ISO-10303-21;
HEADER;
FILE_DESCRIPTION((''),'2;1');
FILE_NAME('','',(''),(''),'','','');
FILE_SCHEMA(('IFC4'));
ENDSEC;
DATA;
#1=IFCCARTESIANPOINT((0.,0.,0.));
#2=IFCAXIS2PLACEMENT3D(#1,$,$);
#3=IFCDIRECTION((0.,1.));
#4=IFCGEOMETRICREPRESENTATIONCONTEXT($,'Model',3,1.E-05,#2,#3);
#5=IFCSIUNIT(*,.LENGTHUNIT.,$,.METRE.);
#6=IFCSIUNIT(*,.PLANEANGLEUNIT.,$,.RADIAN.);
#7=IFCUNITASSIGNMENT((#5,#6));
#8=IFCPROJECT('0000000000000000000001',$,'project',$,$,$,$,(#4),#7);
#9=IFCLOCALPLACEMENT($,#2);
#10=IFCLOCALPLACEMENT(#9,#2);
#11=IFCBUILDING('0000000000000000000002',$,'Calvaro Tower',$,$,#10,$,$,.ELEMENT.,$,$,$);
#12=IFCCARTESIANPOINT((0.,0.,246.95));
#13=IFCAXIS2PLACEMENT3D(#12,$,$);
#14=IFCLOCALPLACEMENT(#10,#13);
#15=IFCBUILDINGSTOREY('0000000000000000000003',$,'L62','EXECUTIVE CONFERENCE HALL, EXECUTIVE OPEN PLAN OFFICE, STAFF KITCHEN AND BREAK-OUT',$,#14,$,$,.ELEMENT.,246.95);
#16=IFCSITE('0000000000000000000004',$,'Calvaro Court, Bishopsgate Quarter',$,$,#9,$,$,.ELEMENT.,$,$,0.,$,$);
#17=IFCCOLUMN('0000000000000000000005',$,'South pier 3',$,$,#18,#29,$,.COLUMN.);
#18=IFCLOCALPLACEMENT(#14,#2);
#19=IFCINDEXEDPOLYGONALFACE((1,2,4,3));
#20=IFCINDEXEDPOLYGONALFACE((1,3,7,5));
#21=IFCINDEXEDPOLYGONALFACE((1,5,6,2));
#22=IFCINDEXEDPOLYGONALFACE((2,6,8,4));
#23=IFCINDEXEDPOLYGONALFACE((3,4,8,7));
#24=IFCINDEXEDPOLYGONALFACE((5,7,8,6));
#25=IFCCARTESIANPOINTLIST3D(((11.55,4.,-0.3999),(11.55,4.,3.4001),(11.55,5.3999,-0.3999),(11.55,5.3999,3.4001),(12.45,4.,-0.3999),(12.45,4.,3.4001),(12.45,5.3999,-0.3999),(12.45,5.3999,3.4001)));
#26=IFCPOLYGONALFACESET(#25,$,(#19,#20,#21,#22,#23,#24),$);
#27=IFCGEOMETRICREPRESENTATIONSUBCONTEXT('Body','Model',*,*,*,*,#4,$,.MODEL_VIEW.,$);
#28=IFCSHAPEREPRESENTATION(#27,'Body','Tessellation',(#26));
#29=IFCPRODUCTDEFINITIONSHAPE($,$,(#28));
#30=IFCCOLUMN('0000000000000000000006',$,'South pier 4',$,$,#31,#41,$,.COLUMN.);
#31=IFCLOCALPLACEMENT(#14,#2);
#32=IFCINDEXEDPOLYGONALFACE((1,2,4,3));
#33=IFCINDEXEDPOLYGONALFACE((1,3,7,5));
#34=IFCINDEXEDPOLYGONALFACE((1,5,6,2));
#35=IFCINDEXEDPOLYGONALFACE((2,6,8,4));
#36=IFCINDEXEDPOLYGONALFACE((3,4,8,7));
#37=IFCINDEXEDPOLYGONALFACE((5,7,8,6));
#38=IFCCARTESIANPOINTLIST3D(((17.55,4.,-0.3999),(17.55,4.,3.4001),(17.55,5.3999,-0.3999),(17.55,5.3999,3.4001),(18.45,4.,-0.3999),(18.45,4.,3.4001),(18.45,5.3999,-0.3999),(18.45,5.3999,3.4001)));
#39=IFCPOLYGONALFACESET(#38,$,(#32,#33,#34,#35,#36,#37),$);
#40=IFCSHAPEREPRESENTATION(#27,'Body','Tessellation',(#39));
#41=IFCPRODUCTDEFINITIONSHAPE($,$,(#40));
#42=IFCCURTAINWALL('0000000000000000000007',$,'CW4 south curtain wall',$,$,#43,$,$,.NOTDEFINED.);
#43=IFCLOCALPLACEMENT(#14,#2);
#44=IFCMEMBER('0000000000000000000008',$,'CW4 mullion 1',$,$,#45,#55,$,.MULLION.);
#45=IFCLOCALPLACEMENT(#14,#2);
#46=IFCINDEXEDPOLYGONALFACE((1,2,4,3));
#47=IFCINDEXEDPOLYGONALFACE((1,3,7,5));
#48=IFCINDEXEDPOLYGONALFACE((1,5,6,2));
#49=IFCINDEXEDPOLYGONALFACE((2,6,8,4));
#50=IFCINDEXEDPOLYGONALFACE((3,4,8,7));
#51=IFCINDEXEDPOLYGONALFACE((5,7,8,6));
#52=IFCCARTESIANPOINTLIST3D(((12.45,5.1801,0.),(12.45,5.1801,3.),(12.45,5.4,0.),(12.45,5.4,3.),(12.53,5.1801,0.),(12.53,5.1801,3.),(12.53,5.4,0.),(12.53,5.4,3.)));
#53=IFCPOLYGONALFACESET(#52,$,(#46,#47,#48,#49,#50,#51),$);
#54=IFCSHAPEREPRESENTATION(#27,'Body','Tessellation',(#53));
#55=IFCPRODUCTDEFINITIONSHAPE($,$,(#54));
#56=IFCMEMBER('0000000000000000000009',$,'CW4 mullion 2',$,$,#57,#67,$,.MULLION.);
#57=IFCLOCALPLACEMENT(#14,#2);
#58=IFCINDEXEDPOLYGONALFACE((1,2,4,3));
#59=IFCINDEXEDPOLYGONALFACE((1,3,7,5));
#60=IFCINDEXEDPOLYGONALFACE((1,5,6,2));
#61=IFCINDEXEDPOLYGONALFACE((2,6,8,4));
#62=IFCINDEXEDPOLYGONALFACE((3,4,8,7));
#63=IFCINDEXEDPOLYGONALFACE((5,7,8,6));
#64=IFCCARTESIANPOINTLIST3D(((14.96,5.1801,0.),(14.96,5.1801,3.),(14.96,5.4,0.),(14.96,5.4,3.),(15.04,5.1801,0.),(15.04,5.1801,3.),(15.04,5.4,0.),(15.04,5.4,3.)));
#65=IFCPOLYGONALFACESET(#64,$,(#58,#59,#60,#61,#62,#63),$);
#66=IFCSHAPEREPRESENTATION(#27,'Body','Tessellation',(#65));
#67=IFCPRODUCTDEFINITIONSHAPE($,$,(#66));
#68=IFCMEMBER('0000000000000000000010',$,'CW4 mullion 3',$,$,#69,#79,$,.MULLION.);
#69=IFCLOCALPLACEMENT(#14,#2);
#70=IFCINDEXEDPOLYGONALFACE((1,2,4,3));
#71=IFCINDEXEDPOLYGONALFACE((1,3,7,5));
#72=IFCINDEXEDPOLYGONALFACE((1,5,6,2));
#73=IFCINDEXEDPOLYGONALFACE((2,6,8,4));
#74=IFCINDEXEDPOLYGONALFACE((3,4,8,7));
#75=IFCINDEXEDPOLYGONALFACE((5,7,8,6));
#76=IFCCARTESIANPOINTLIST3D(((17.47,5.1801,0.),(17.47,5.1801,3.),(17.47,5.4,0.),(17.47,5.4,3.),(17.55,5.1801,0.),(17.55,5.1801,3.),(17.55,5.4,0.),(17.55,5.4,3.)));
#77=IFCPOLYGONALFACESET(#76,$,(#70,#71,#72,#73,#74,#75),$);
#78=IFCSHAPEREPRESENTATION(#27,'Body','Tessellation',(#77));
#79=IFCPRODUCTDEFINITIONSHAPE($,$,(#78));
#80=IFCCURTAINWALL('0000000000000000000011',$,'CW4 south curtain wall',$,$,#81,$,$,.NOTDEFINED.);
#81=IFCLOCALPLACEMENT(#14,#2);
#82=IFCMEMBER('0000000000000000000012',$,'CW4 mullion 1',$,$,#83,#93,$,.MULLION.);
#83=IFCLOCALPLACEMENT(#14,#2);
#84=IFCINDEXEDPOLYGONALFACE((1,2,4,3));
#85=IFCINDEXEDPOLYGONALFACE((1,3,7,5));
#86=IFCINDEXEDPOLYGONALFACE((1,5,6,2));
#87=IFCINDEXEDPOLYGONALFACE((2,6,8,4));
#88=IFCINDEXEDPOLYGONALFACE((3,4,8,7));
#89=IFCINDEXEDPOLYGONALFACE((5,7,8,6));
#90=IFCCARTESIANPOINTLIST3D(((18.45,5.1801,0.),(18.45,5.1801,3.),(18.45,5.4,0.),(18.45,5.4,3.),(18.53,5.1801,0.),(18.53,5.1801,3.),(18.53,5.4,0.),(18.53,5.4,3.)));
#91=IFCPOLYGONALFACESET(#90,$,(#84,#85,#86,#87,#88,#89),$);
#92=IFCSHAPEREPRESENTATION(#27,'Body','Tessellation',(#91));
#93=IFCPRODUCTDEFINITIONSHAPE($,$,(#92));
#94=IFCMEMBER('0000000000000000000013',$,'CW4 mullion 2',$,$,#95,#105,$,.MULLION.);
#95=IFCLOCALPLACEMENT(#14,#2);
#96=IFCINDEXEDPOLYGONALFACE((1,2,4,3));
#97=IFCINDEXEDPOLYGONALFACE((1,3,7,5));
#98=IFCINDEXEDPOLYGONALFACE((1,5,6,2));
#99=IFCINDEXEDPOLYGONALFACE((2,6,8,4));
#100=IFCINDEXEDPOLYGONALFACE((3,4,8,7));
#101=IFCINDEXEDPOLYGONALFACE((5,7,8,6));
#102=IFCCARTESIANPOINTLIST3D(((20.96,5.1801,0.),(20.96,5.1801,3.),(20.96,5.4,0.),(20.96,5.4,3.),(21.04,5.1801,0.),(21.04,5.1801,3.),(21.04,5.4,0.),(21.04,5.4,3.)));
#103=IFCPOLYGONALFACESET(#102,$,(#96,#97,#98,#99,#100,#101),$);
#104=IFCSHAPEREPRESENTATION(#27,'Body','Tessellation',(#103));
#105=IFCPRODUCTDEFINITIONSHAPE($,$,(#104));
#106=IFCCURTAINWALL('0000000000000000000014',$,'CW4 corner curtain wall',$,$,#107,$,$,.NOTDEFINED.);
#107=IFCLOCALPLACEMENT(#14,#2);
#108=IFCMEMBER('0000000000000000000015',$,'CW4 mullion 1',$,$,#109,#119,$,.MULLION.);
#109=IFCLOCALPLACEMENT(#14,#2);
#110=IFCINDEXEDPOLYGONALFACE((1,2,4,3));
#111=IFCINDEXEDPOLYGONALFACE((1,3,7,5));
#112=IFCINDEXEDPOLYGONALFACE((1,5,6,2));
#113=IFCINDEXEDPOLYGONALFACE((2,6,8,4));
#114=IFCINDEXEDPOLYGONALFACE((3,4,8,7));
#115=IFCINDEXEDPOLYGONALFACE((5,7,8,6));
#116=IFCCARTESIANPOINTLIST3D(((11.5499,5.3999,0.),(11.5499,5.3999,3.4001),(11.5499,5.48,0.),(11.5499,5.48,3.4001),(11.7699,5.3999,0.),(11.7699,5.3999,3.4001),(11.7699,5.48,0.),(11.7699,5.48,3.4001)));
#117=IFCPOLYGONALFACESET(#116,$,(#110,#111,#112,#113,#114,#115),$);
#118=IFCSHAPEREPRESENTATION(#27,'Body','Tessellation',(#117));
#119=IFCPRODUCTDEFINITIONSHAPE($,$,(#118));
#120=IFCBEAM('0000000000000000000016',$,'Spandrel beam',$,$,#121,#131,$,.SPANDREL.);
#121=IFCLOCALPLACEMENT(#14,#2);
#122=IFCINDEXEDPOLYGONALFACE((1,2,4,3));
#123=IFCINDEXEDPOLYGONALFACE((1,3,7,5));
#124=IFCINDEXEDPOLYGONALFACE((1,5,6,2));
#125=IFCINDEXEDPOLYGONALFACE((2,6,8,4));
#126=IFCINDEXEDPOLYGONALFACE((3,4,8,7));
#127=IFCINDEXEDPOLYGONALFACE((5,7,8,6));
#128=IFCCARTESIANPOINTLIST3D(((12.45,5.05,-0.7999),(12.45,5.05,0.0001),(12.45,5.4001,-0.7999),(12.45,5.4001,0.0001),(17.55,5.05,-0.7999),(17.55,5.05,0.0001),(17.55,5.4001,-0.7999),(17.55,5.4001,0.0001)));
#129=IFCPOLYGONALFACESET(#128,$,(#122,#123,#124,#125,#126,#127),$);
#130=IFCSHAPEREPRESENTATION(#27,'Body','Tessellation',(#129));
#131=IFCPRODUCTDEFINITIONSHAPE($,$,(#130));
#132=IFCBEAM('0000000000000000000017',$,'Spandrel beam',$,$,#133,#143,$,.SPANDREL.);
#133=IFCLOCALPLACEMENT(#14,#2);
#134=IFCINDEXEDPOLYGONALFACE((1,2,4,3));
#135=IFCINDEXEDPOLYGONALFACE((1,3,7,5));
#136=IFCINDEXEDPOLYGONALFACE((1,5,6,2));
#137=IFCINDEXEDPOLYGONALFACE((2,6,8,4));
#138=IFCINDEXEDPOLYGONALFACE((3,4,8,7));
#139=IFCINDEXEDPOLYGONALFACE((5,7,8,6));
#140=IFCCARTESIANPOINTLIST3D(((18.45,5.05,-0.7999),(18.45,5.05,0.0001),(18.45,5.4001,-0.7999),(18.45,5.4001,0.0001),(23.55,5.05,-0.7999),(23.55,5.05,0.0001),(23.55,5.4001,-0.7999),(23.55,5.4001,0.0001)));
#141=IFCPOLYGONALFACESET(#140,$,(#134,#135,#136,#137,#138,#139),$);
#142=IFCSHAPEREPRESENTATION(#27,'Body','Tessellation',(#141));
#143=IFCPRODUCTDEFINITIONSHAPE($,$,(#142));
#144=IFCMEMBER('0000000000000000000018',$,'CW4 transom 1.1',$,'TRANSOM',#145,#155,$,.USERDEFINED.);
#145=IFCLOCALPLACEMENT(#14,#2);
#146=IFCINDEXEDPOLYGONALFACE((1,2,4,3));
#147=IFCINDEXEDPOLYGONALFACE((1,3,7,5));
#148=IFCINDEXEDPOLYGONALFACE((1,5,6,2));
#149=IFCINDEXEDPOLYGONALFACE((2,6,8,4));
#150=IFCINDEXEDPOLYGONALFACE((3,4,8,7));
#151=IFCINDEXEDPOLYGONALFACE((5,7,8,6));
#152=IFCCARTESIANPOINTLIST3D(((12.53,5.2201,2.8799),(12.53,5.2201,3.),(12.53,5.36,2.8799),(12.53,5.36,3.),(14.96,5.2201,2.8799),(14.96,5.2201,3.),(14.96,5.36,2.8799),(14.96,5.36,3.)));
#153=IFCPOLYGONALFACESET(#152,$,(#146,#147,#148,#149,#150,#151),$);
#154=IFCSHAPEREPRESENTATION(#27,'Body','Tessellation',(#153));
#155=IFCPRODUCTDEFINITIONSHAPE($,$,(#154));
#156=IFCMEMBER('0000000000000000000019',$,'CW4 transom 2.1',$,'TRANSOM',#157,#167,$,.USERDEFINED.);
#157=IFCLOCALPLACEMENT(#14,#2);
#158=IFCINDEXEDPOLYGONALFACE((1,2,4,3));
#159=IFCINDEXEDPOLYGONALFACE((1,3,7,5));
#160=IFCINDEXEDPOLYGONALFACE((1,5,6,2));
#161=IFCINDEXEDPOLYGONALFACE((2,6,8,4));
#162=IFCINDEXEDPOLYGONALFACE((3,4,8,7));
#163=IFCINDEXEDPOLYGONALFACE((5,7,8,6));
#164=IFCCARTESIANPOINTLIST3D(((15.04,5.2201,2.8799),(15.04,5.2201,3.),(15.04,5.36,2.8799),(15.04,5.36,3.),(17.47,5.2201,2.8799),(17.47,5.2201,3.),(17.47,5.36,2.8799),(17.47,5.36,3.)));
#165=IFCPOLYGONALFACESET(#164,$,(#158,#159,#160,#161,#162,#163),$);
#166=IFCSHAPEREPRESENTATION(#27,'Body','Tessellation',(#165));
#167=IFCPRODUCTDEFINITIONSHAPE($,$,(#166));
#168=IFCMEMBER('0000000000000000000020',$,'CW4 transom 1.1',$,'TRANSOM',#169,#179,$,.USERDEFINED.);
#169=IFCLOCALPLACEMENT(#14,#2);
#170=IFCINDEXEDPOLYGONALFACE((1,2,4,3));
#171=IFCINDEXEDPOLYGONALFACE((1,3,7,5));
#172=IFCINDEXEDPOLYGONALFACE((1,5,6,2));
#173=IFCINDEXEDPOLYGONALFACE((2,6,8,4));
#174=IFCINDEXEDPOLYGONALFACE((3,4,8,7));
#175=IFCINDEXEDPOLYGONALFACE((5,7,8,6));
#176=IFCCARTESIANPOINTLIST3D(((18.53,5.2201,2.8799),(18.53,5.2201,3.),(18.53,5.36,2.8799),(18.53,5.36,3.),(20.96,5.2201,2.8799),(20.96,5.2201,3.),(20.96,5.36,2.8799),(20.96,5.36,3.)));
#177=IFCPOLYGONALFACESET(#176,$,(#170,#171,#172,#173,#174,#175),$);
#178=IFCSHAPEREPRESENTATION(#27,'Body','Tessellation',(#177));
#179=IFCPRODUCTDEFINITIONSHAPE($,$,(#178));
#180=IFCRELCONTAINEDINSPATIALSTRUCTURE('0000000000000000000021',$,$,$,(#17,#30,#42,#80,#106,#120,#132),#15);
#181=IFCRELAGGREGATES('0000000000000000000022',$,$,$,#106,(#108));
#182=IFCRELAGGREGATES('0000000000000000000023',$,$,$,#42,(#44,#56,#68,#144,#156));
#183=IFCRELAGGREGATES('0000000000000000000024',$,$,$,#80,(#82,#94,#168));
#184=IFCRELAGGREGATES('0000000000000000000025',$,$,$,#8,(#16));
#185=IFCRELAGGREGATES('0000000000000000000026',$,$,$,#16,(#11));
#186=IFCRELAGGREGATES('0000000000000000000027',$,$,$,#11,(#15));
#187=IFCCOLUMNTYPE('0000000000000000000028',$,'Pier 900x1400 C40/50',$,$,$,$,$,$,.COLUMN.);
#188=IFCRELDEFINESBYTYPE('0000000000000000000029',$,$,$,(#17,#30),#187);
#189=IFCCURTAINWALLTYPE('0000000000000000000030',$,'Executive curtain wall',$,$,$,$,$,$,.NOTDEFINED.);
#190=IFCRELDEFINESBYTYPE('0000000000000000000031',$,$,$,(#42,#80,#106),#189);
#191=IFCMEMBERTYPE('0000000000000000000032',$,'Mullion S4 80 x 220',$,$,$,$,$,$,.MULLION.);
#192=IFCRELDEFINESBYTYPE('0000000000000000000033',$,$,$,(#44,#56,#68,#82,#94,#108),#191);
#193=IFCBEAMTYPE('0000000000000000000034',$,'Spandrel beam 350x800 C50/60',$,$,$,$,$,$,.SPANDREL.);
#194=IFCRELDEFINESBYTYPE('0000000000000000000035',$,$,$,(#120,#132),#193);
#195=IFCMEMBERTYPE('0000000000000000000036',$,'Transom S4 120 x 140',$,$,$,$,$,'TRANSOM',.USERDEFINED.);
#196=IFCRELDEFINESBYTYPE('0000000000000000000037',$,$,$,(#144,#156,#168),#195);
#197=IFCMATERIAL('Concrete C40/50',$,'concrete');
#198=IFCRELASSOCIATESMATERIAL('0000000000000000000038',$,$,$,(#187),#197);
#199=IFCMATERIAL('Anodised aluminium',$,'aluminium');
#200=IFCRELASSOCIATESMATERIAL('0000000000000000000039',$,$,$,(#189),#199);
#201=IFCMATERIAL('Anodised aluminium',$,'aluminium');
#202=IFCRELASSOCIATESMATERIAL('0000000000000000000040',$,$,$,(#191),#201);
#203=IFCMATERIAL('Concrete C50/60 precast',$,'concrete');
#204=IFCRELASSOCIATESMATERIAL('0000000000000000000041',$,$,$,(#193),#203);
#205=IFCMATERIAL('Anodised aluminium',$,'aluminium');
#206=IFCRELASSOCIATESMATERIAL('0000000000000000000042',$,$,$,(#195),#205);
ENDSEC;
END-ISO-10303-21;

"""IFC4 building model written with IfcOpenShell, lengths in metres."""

from ifc_helpers import new_model, si_unit, direction, frame, origin, origin_2d, place, context, subcontext, project, spatial, rectangle, extrude, material, material_profile, profile_set, type_object, element, aggregate, save


model = new_model("IFC4")

# Units and contexts
model_context = context("Model", 3, precision=1e-05, world=origin(), true_north=direction((0.0, 1.0)))
body_context = subcontext(model_context, "Body", "Model", "MODEL_VIEW")
ifc_project = project(units=[si_unit("LENGTHUNIT", "METRE"), si_unit("PLANEANGLEUNIT", "RADIAN")], contexts=[model_context])

# Site, building, storey
site_placement = place(None, origin())
site = spatial("IfcSite", under=ifc_project, at=site_placement, Name="Calvaro Court, Bishopsgate Quarter", CompositionType="ELEMENT", RefElevation=0.0)
building_placement = place(site_placement, origin())
building = spatial("IfcBuilding", under=site, at=building_placement, Name="Calvaro Tower", CompositionType="ELEMENT")
storey_placement = place(building_placement, frame((0.0, 0.0, 246.95)))
storey = spatial("IfcBuildingStorey", under=building, at=storey_placement, Name="L62", Description="EXECUTIVE CONFERENCE HALL, EXECUTIVE OPEN PLAN OFFICE, STAFF KITCHEN AND BREAK-OUT", CompositionType="ELEMENT", Elevation=246.95)

# Columns
ifc_material_1 = material(Name="Concrete C40/50", Category="concrete")
ifc_material_profile_1 = material_profile(ifc_material_1, rectangle(XDim=0.8999, YDim=1.3999, at=origin_2d()), Name="RC 900x1400")
ifc_profile_set_1 = profile_set([ifc_material_profile_1], Name="Concrete C40/50")
column_type = type_object("IfcColumnType", Name="Pier 900x1400 C40/50", PredefinedType="COLUMN", material=ifc_profile_set_1)
for number, where, z_axis, x_axis, name in (
    (1, (12.0, 4.7, -0.3999), (0.0, 0.0, 1.0), (1.0, 0.0, 0.0), "South pier 3"),
    (2, (18.0, 4.7, -0.3999), (0.0, 0.0, 1.0), (1.0, 0.0, 0.0), "South pier 4"),
):
    element("IfcColumn", number, at=place(storey_placement, frame(where, z_axis=z_axis, x_axis=x_axis)), inside=storey, type_object=column_type, Name=name, PredefinedType="COLUMN", context=body_context, shape_type="SweptSolid", body=[
        extrude(rectangle(XDim=0.8999, YDim=1.3999, at=origin_2d()), origin(), (0.0, 0.0, 1.0), 3.8),
    ])

# Curtain walls, members
ifc_material_2 = material(Name="Anodised aluminium", Category="aluminium")
curtain_wall_type = type_object("IfcCurtainWallType", Name="Executive curtain wall", PredefinedType="NOTDEFINED", material=ifc_material_2)
curtain_wall_1_placement = place(storey_placement, origin())
curtain_wall_1 = element("IfcCurtainWall", 3, at=curtain_wall_1_placement, inside=storey, type_object=curtain_wall_type, Name="CW4 south curtain wall", PredefinedType="NOTDEFINED")
ifc_material_3 = material(Name="Anodised aluminium", Category="aluminium")
ifc_material_profile_2 = material_profile(ifc_material_3, rectangle(XDim=0.22, YDim=0.0801, at=origin_2d()), Name="Mullion S4 80 x 220")
ifc_profile_set_2 = profile_set([ifc_material_profile_2], Name="Anodised aluminium")
member_type_1 = type_object("IfcMemberType", Name="Mullion S4 80 x 220", PredefinedType="MULLION", material=ifc_profile_set_2)
member_1_placement = place(storey_placement, frame((12.49, 5.29, 0.0), z_axis=(0.0, 0.0, 1.0), x_axis=(0.0, 1.0, 0.0)))
member_1 = element("IfcMember", 4, at=member_1_placement, type_object=member_type_1, Name="CW4 mullion 1", PredefinedType="MULLION", context=body_context, shape_type="SweptSolid", body=[
    extrude(rectangle(XDim=0.22, YDim=0.0801, at=origin_2d()), origin(), (0.0, 0.0, 1.0), 3.0),
])
member_2_placement = place(storey_placement, frame((15.0, 5.29, 0.0), z_axis=(0.0, 0.0, 1.0), x_axis=(0.0, 1.0, 0.0)))
member_2 = element("IfcMember", 5, at=member_2_placement, type_object=member_type_1, Name="CW4 mullion 2", PredefinedType="MULLION", context=body_context, shape_type="SweptSolid", body=[
    extrude(rectangle(XDim=0.22, YDim=0.0801, at=origin_2d()), origin(), (0.0, 0.0, 1.0), 3.0),
])
member_3_placement = place(storey_placement, frame((17.51, 5.29, 0.0), z_axis=(0.0, 0.0, 1.0), x_axis=(0.0, 1.0, 0.0)))
member_3 = element("IfcMember", 6, at=member_3_placement, type_object=member_type_1, Name="CW4 mullion 3", PredefinedType="MULLION", context=body_context, shape_type="SweptSolid", body=[
    extrude(rectangle(XDim=0.22, YDim=0.0801, at=origin_2d()), origin(), (0.0, 0.0, 1.0), 3.0),
])
curtain_wall_2_placement = place(storey_placement, origin())
curtain_wall_2 = element("IfcCurtainWall", 7, at=curtain_wall_2_placement, inside=storey, type_object=curtain_wall_type, Name="CW4 south curtain wall", PredefinedType="NOTDEFINED")
member_4_placement = place(storey_placement, frame((18.49, 5.29, 0.0), z_axis=(0.0, 0.0, 1.0), x_axis=(0.0, 1.0, 0.0)))
member_4 = element("IfcMember", 8, at=member_4_placement, type_object=member_type_1, Name="CW4 mullion 1", PredefinedType="MULLION", context=body_context, shape_type="SweptSolid", body=[
    extrude(rectangle(XDim=0.22, YDim=0.0801, at=origin_2d()), origin(), (0.0, 0.0, 1.0), 3.0),
])
member_5_placement = place(storey_placement, frame((21.0, 5.29, 0.0), z_axis=(0.0, 0.0, 1.0), x_axis=(0.0, 1.0, 0.0)))
member_5 = element("IfcMember", 9, at=member_5_placement, type_object=member_type_1, Name="CW4 mullion 2", PredefinedType="MULLION", context=body_context, shape_type="SweptSolid", body=[
    extrude(rectangle(XDim=0.22, YDim=0.0801, at=origin_2d()), origin(), (0.0, 0.0, 1.0), 3.0),
])

# Curtain wall, member
curtain_wall_3_placement = place(storey_placement, origin())
curtain_wall_3 = element("IfcCurtainWall", 10, at=curtain_wall_3_placement, inside=storey, type_object=curtain_wall_type, Name="CW4 corner curtain wall", PredefinedType="NOTDEFINED")
member_6_placement = place(storey_placement, frame((11.6599, 5.4399, 0.0), z_axis=(0.0, 0.0, 1.0), x_axis=(-1.0, 0.0, 0.0)))
member_6 = element("IfcMember", 11, at=member_6_placement, type_object=member_type_1, Name="CW4 mullion 1", PredefinedType="MULLION", context=body_context, shape_type="SweptSolid", body=[
    extrude(rectangle(XDim=0.22, YDim=0.0801, at=origin_2d()), origin(), (0.0, 0.0, 1.0), 3.4001),
])
aggregate(curtain_wall_3, [member_6])

# Beams
ifc_material_4 = material(Name="Concrete C50/60 precast", Category="concrete")
ifc_material_profile_3 = material_profile(ifc_material_4, rectangle(XDim=0.3501, YDim=0.8, at=origin_2d()), Name="RC 350x800")
ifc_profile_set_3 = profile_set([ifc_material_profile_3], Name="Concrete C50/60 precast")
beam_type = type_object("IfcBeamType", Name="Spandrel beam 350x800 C50/60", PredefinedType="SPANDREL", material=ifc_profile_set_3)
for number, where, z_axis, x_axis, name in (
    (12, (12.45, 5.2251, -0.3999), (1.0, 0.0, 0.0), (0.0, 1.0, 0.0), "Spandrel beam"),
    (13, (18.45, 5.2251, -0.3999), (1.0, 0.0, 0.0), (0.0, 1.0, 0.0), "Spandrel beam"),
):
    element("IfcBeam", number, at=place(storey_placement, frame(where, z_axis=z_axis, x_axis=x_axis)), inside=storey, type_object=beam_type, Name=name, PredefinedType="SPANDREL", context=body_context, shape_type="SweptSolid", body=[
        extrude(rectangle(XDim=0.3501, YDim=0.8, at=origin_2d()), origin(), (0.0, 0.0, 1.0), 5.1001),
    ])

# Members
ifc_material_5 = material(Name="Anodised aluminium", Category="aluminium")
ifc_material_profile_4 = material_profile(ifc_material_5, rectangle(XDim=0.1399, YDim=0.1201, at=origin_2d()), Name="Transom S4 120 x 140")
ifc_profile_set_4 = profile_set([ifc_material_profile_4], Name="Anodised aluminium")
member_type_2 = type_object("IfcMemberType", Name="Transom S4 120 x 140", ElementType="TRANSOM", PredefinedType="USERDEFINED", material=ifc_profile_set_4)
member_7_placement = place(storey_placement, frame((12.53, 5.29, 2.9399), z_axis=(1.0, 0.0, 0.0), x_axis=(0.0, 1.0, 0.0)))
member_7 = element("IfcMember", 14, at=member_7_placement, type_object=member_type_2, Name="CW4 transom 1.1", ObjectType="TRANSOM", PredefinedType="USERDEFINED", context=body_context, shape_type="SweptSolid", body=[
    extrude(rectangle(XDim=0.1399, YDim=0.1201, at=origin_2d()), origin(), (0.0, 0.0, 1.0), 2.4299),
])
member_8_placement = place(storey_placement, frame((15.04, 5.29, 2.9399), z_axis=(1.0, 0.0, 0.0), x_axis=(0.0, 1.0, 0.0)))
member_8 = element("IfcMember", 15, at=member_8_placement, type_object=member_type_2, Name="CW4 transom 2.1", ObjectType="TRANSOM", PredefinedType="USERDEFINED", context=body_context, shape_type="SweptSolid", body=[
    extrude(rectangle(XDim=0.1399, YDim=0.1201, at=origin_2d()), origin(), (0.0, 0.0, 1.0), 2.4299),
])
member_9_placement = place(storey_placement, frame((18.53, 5.29, 2.9399), z_axis=(1.0, 0.0, 0.0), x_axis=(0.0, 1.0, 0.0)))
member_9 = element("IfcMember", 16, at=member_9_placement, type_object=member_type_2, Name="CW4 transom 1.1", ObjectType="TRANSOM", PredefinedType="USERDEFINED", context=body_context, shape_type="SweptSolid", body=[
    extrude(rectangle(XDim=0.1399, YDim=0.1201, at=origin_2d()), origin(), (0.0, 0.0, 1.0), 2.4299),
])

aggregate(curtain_wall_1, [member_1, member_2, member_3, member_7, member_8])
aggregate(curtain_wall_2, [member_4, member_5, member_9])

save(model, "model.ifc")
